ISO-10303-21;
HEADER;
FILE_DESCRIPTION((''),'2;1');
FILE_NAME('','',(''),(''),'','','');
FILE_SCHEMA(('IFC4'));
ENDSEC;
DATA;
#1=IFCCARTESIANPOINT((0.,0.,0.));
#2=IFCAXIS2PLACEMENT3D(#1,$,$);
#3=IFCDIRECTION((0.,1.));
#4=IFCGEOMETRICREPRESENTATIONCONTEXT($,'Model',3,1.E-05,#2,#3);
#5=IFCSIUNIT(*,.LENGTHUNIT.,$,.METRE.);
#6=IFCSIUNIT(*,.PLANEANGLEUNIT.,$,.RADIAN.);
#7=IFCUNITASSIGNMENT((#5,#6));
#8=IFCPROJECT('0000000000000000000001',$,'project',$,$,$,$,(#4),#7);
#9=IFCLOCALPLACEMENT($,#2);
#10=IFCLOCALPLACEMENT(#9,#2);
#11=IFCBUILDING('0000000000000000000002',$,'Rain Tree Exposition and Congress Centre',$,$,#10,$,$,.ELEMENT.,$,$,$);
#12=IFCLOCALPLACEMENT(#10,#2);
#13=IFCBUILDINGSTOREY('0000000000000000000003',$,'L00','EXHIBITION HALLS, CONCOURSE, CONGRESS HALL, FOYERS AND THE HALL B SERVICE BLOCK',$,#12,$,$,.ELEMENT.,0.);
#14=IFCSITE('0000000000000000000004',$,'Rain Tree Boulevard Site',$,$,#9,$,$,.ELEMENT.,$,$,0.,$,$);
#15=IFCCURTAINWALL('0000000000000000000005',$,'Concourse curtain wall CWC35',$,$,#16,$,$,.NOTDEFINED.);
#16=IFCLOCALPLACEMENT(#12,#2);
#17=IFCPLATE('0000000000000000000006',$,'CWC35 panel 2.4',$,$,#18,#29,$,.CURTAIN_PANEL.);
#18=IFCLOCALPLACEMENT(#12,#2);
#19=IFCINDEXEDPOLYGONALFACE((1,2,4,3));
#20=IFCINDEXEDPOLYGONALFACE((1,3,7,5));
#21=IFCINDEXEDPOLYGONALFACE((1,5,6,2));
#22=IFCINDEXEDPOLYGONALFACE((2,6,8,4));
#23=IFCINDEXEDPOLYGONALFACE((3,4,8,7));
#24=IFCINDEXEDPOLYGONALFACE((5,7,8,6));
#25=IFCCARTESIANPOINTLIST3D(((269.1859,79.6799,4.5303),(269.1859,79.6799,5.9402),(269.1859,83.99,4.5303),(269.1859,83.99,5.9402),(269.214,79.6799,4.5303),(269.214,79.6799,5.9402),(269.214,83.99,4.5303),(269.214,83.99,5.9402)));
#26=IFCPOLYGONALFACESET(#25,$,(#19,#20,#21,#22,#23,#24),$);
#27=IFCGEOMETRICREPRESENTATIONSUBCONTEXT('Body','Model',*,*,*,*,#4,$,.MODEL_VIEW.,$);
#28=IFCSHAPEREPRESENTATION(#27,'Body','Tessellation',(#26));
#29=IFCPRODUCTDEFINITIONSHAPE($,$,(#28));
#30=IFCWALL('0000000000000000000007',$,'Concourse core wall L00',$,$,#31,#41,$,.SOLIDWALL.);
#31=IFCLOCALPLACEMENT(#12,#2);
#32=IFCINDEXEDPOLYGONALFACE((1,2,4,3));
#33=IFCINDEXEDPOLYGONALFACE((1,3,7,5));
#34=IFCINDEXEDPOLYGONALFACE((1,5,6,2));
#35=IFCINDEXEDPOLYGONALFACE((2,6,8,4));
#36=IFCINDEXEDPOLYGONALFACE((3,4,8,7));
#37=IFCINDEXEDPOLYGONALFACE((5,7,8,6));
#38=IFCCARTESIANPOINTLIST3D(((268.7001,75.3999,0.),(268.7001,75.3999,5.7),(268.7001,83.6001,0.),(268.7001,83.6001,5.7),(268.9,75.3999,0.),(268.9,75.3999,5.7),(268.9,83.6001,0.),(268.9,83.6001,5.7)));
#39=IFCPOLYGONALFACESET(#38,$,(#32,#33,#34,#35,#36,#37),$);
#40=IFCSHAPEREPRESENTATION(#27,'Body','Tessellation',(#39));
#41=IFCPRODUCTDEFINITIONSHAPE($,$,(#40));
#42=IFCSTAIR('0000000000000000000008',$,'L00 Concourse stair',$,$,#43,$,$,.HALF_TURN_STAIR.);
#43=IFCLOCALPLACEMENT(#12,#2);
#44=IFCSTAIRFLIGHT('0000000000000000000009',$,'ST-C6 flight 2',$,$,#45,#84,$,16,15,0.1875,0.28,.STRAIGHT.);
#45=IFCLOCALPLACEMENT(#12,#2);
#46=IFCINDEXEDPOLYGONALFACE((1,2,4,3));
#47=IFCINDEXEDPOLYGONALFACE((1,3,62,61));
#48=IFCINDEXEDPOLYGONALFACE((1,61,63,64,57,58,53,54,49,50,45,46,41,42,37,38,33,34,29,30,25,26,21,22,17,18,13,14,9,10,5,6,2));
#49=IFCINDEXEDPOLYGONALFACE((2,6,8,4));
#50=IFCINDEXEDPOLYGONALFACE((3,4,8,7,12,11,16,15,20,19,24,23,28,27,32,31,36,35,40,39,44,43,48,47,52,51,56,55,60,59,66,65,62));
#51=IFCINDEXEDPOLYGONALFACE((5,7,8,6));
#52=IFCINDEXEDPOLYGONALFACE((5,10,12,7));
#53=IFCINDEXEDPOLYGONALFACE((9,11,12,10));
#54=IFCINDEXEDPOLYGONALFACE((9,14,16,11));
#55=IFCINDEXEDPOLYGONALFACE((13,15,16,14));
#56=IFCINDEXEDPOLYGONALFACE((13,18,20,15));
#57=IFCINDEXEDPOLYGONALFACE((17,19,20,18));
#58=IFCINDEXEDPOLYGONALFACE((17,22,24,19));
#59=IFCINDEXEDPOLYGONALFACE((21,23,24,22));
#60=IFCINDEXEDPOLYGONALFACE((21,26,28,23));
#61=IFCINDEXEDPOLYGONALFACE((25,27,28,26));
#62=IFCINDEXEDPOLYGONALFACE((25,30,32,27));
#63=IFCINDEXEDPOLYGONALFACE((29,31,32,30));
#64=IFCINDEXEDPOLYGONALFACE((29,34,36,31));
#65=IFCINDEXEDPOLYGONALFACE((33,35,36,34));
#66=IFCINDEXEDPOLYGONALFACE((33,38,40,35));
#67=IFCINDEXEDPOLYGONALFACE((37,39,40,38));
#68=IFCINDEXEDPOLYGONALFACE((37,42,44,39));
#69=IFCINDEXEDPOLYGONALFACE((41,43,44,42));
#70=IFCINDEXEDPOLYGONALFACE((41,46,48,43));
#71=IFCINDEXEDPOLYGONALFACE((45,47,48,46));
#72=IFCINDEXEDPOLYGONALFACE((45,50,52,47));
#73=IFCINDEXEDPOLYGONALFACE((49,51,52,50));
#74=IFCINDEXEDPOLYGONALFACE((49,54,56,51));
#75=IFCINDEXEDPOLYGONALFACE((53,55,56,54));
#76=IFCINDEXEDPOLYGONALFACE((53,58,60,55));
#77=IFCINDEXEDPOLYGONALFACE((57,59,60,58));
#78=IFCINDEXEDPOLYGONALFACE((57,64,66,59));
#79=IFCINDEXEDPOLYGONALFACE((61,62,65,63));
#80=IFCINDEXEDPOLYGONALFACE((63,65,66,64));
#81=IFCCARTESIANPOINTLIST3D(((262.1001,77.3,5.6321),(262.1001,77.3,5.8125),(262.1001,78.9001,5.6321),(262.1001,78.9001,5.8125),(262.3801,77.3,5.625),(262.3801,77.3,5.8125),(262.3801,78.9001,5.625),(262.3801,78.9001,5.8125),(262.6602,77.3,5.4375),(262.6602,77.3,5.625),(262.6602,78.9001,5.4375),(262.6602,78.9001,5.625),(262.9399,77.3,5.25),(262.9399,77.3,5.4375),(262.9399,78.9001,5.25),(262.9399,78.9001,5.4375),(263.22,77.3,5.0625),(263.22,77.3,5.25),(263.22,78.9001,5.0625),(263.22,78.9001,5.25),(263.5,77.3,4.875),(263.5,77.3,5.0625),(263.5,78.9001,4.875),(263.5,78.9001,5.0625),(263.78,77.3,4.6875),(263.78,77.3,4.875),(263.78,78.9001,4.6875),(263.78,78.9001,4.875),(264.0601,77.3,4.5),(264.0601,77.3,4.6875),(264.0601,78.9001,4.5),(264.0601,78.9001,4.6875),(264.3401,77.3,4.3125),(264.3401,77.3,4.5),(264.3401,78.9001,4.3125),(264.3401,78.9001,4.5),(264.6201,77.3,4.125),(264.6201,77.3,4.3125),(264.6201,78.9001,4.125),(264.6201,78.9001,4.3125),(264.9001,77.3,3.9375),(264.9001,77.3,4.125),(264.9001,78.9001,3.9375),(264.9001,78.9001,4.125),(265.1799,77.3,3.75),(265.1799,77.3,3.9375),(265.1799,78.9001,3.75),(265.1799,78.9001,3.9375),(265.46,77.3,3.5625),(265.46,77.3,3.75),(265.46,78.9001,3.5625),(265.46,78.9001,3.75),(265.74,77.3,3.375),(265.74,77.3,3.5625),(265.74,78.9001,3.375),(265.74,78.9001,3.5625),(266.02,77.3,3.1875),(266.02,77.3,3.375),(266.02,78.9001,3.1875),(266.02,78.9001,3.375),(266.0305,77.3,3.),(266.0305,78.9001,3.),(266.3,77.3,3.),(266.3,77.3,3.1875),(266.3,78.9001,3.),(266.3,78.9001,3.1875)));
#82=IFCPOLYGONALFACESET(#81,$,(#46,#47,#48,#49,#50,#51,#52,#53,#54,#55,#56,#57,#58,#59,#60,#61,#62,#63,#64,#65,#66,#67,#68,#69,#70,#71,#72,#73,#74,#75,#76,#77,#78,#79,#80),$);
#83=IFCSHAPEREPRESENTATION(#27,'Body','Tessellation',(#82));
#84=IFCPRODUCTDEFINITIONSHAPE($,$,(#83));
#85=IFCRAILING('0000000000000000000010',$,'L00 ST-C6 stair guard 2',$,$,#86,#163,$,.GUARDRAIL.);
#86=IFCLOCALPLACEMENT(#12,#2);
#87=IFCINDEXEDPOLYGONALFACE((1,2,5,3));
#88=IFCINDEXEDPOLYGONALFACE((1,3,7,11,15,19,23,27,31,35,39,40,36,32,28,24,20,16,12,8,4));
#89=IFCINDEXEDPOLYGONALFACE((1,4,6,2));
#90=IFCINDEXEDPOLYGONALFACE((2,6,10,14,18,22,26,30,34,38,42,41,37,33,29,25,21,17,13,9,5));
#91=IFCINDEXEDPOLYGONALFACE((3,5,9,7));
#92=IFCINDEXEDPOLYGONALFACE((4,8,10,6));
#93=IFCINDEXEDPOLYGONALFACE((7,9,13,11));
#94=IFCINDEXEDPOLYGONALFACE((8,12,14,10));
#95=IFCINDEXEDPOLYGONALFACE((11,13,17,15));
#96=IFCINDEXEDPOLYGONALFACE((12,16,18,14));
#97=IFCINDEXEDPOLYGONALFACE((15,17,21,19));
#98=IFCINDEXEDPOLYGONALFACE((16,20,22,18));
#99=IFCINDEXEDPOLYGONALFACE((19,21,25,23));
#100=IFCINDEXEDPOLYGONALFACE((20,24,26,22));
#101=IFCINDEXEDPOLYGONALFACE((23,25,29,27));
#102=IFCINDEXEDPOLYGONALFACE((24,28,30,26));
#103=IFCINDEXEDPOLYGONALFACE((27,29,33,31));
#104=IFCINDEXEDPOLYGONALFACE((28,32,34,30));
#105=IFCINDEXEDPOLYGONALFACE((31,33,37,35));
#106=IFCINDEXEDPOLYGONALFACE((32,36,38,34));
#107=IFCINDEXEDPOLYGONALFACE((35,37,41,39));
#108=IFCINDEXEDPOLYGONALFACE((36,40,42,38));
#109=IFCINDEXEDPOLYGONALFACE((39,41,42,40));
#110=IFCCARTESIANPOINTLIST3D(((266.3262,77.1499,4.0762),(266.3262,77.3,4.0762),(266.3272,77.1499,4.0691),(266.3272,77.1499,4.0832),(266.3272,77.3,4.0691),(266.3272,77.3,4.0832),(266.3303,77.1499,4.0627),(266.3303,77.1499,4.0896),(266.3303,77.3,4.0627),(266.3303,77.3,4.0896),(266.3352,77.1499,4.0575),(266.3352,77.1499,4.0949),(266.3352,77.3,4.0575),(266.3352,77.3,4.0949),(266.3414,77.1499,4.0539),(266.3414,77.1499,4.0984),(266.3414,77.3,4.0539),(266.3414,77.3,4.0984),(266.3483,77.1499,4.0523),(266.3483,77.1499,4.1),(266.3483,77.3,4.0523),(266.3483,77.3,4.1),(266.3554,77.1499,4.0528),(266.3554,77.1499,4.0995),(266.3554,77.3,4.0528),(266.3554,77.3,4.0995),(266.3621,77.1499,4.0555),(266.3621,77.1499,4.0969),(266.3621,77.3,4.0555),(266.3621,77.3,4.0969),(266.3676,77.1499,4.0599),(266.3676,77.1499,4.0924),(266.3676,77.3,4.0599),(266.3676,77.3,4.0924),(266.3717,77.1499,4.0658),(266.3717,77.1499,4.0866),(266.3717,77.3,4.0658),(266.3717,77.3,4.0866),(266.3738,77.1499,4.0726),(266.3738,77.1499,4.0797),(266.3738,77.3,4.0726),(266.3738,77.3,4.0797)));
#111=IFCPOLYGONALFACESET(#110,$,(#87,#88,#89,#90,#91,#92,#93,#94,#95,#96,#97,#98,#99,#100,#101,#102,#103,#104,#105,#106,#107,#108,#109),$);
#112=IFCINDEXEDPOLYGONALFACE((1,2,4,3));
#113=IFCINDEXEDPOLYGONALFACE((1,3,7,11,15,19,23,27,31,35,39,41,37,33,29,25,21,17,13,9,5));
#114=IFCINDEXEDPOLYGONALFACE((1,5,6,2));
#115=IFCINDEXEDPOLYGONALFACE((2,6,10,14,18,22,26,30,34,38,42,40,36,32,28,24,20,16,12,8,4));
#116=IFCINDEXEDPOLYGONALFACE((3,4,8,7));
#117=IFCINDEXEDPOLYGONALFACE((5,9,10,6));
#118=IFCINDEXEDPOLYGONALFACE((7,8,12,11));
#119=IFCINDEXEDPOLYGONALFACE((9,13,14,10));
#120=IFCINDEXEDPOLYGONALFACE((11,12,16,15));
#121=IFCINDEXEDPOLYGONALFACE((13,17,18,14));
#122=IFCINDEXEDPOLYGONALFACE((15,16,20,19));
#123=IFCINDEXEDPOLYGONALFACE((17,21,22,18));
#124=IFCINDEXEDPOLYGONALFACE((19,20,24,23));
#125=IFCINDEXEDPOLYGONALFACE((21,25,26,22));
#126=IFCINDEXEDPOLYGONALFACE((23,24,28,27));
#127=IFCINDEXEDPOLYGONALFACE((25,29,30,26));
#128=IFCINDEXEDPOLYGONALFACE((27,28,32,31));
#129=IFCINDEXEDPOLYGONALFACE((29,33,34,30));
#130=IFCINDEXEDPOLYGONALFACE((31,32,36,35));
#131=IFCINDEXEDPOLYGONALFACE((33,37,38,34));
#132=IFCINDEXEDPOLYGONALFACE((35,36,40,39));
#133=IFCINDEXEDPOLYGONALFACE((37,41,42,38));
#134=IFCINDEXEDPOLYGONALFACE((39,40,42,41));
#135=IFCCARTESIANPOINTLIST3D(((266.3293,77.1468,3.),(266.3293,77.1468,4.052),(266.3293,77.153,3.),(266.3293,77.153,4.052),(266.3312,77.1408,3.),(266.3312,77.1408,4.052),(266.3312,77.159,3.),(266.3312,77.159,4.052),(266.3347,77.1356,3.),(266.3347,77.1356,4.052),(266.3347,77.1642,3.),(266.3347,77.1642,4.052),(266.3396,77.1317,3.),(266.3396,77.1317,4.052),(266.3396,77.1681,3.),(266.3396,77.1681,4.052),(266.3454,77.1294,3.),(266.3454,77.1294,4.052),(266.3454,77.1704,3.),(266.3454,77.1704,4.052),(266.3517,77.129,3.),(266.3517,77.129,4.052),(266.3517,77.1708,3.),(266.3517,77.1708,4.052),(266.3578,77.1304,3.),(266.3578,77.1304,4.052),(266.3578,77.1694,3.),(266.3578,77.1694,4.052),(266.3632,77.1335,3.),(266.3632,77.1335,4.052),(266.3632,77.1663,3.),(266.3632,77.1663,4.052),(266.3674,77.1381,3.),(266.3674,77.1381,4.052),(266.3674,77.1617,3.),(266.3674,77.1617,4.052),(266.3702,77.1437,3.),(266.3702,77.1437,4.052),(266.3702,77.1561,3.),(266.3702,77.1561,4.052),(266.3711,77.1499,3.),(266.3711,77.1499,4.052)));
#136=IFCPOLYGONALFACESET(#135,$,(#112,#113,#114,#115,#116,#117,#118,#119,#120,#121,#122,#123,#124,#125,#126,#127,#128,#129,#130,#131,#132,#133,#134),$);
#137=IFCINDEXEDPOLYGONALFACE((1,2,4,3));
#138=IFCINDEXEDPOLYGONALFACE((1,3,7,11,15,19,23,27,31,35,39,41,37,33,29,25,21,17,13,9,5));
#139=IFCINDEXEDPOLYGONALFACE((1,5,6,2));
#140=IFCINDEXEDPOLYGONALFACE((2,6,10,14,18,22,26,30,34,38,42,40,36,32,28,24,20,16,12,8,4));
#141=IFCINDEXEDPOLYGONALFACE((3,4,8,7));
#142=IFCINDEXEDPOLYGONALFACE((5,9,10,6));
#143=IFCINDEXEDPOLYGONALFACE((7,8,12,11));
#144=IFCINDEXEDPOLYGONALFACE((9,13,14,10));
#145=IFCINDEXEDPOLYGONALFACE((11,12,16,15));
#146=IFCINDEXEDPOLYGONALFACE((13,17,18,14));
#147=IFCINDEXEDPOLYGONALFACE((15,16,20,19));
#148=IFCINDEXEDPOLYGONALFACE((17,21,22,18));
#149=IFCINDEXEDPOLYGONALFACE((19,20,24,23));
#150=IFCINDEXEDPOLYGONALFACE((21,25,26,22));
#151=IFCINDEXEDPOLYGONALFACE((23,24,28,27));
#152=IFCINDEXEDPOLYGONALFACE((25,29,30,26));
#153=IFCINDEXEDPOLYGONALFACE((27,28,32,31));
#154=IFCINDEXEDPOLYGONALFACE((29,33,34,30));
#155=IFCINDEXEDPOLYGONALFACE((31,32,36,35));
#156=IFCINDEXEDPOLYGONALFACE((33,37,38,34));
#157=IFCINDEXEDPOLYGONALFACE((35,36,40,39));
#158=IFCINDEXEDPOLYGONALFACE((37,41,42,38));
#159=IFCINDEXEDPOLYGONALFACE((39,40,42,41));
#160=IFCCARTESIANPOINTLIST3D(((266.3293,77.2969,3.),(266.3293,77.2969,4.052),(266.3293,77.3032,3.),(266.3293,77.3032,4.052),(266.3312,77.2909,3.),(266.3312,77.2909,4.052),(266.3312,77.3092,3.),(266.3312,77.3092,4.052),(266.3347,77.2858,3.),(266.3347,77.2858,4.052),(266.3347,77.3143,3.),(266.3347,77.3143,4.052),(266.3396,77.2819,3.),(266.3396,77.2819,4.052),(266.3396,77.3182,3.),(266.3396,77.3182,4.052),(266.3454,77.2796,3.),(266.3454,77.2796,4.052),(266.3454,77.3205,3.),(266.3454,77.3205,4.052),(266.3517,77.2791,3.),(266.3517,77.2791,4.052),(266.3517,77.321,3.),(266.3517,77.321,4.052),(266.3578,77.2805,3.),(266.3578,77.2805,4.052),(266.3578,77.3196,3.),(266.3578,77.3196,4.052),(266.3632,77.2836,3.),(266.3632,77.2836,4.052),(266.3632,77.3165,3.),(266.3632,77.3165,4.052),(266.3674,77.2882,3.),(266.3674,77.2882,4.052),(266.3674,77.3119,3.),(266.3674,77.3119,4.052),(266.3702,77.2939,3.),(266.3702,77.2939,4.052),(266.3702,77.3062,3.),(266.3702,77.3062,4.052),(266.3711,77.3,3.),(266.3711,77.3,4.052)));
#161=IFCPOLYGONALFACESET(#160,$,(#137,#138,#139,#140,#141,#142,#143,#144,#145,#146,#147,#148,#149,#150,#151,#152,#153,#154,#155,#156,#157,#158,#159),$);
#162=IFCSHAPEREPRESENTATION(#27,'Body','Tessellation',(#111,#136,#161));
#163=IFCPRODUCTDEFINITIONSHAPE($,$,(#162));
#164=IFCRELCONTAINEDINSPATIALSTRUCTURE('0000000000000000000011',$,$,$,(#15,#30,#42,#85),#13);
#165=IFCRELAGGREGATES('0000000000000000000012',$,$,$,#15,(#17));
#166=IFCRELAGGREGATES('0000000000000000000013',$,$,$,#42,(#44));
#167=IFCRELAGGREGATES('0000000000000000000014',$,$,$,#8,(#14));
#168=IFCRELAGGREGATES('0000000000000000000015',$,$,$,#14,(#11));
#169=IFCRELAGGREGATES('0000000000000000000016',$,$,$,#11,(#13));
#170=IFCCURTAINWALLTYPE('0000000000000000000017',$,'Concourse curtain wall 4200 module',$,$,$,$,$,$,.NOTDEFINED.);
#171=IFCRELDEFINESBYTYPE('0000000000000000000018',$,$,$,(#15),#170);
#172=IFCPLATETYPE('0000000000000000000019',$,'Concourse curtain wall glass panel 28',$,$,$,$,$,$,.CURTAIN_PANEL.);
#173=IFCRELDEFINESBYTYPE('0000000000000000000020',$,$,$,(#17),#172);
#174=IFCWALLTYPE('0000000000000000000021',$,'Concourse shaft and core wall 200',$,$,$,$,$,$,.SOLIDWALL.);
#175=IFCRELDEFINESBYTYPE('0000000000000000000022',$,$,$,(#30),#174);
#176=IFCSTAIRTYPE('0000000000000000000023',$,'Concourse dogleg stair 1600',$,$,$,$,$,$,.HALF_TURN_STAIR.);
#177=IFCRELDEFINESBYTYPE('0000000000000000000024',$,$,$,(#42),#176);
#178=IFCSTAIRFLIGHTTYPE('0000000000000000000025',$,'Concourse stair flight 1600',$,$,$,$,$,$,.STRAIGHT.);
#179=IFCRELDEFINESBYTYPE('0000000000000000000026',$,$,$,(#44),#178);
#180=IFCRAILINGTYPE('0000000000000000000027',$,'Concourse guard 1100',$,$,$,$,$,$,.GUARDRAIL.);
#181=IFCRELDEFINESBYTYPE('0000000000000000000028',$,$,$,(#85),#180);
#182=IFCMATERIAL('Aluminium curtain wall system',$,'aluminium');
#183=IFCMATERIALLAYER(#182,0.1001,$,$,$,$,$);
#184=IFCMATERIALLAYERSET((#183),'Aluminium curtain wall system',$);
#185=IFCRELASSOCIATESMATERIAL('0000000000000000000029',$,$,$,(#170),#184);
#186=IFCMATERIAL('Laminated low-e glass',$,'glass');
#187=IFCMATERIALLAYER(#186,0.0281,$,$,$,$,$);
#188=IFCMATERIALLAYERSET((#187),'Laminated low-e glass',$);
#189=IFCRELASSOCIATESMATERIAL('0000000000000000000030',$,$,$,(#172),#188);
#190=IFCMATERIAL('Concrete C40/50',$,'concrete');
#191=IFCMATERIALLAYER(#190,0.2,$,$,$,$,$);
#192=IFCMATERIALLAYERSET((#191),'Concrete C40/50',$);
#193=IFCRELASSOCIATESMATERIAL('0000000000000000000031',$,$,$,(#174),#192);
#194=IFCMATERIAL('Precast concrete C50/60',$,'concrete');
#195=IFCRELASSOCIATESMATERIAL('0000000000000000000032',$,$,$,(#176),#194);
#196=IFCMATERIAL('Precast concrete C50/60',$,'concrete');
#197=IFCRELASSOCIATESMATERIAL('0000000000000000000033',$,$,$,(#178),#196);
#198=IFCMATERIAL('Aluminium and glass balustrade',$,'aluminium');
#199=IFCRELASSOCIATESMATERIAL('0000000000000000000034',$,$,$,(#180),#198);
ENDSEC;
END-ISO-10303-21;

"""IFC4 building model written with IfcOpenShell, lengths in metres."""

from ifc_helpers import new_model, si_unit, direction, frame, frame_2d, origin, origin_2d, place, context, subcontext, project, spatial, polyline, rectangle, circle, outline, extrude, material, layer, layer_set, type_object, element, aggregate, save


model = new_model("IFC4")

# Units and contexts
model_context = context("Model", 3, precision=1e-05, world=origin(), true_north=direction((0.0, 1.0)))
body_context = subcontext(model_context, "Body", "Model", "MODEL_VIEW")
ifc_project = project(units=[si_unit("LENGTHUNIT", "METRE"), si_unit("PLANEANGLEUNIT", "RADIAN")], contexts=[model_context])

# Site, building, storey
site_placement = place(None, origin())
site = spatial("IfcSite", under=ifc_project, at=site_placement, Name="Rain Tree Boulevard Site", CompositionType="ELEMENT", RefElevation=0.0)
building_placement = place(site_placement, origin())
building = spatial("IfcBuilding", under=site, at=building_placement, Name="Rain Tree Exposition and Congress Centre", CompositionType="ELEMENT")
storey_placement = place(building_placement, origin())
storey = spatial("IfcBuildingStorey", under=building, at=storey_placement, Name="L00", Description="EXHIBITION HALLS, CONCOURSE, CONGRESS HALL, FOYERS AND THE HALL B SERVICE BLOCK", CompositionType="ELEMENT", Elevation=0.0)

# Curtain wall, plate
ifc_material_1 = material(Name="Aluminium curtain wall system", Category="aluminium")
ifc_layer_1 = layer(ifc_material_1, 0.1001)
ifc_layer_set_1 = layer_set([ifc_layer_1], Name="Aluminium curtain wall system")
curtain_wall_type = type_object("IfcCurtainWallType", Name="Concourse curtain wall 4200 module", PredefinedType="NOTDEFINED", material=ifc_layer_set_1)
curtain_wall_placement = place(storey_placement, origin())
curtain_wall = element("IfcCurtainWall", 1, at=curtain_wall_placement, inside=storey, type_object=curtain_wall_type, Name="Concourse curtain wall CWC35", PredefinedType="NOTDEFINED")
ifc_material_2 = material(Name="Laminated low-e glass", Category="glass")
ifc_layer_2 = layer(ifc_material_2, 0.0281)
ifc_layer_set_2 = layer_set([ifc_layer_2], Name="Laminated low-e glass")
plate_type = type_object("IfcPlateType", Name="Concourse curtain wall glass panel 28", PredefinedType="CURTAIN_PANEL", material=ifc_layer_set_2)
plate_1_placement = place(storey_placement, frame((269.2, 81.835, 4.5303), z_axis=(0.0, 0.0, 1.0), x_axis=(0.0, 1.0, 0.0)))
plate_1 = element("IfcPlate", 2, at=plate_1_placement, type_object=plate_type, Name="CWC35 panel 2.4", PredefinedType="CURTAIN_PANEL", context=body_context, shape_type="SweptSolid", body=[
    extrude(rectangle(XDim=4.3101, YDim=0.0281, at=origin_2d()), origin(), (0.0, 0.0, 1.0), 1.4099),
])
aggregate(curtain_wall, [plate_1])

# Wall
ifc_material_3 = material(Name="Concrete C40/50", Category="concrete")
ifc_layer_3 = layer(ifc_material_3, 0.2)
ifc_layer_set_3 = layer_set([ifc_layer_3], Name="Concrete C40/50")
wall_type = type_object("IfcWallType", Name="Concourse shaft and core wall 200", PredefinedType="SOLIDWALL", material=ifc_layer_set_3)
wall_1_placement = place(storey_placement, frame((268.8, 75.3999, 0.0), z_axis=(0.0, 0.0, 1.0), x_axis=(0.0, 1.0, 0.0)))
element("IfcWall", 3, at=wall_1_placement, inside=storey, type_object=wall_type, Name="Concourse core wall L00", PredefinedType="SOLIDWALL", context=body_context, shape_type="SweptSolid", body=[
    extrude(rectangle(XDim=8.2002, YDim=0.2, at=frame_2d((4.1001, 0.0))), origin(), (0.0, 0.0, 1.0), 5.7),
])

# Stair, stair flight
ifc_material_4 = material(Name="Precast concrete C50/60", Category="concrete")
stair_type = type_object("IfcStairType", Name="Concourse dogleg stair 1600", PredefinedType="HALF_TURN_STAIR", material=ifc_material_4)
stair_placement = place(storey_placement, origin())
stair = element("IfcStair", 4, at=stair_placement, inside=storey, type_object=stair_type, Name="L00 Concourse stair", PredefinedType="HALF_TURN_STAIR")
ifc_material_5 = material(Name="Precast concrete C50/60", Category="concrete")
stair_flight_type = type_object("IfcStairFlightType", Name="Concourse stair flight 1600", PredefinedType="STRAIGHT", material=ifc_material_5)
stair_flight_placement = place(storey_placement, frame((266.3, 78.1001, 3.0), z_axis=(0.0, 0.0, 1.0), x_axis=(-1.0, 0.0, 0.0)))
stair_flight = element("IfcStairFlight", 5, at=stair_flight_placement, type_object=stair_flight_type, Name="ST-C6 flight 2", NumberOfRisers=16, NumberOfTreads=15, PredefinedType="STRAIGHT", RiserHeight=0.1875, TreadLength=0.28, context=body_context, shape_type="SweptSolid", body=[
    extrude(outline(polyline([(0.0, 0.0), (0.0, 0.1875), (0.28, 0.1875), (0.28, 0.375), (0.5601, 0.375), (0.5601, 0.5625), (0.8401, 0.5625), (0.8401, 0.75), (1.1201, 0.75), (1.1201, 0.9375), (1.3999, 0.9375), (1.3999, 1.125), (1.6799, 1.125), (1.6799, 1.3125), (1.96, 1.3125), (1.96, 1.5), (2.24, 1.5), (2.24, 1.6875), (2.52, 1.6875), (2.52, 1.875), (2.8, 1.875), (2.8, 2.0625), (3.0801, 2.0625), (3.0801, 2.25), (3.3601, 2.25), (3.3601, 2.4375), (3.6399, 2.4375), (3.6399, 2.625), (3.9199, 2.625), (3.9199, 2.8125), (4.2, 2.8125), (4.2, 3.0), (4.2, 2.6321), (0.2695, 0.0), (0.0, 0.0)])), frame((0.0, 0.8, 0.0), z_axis=(0.0, -1.0, 0.0), x_axis=(1.0, 0.0, 0.0)), (0.0, 0.0, 1.0), 1.6001),
])
aggregate(stair, [stair_flight])

# Railing
ifc_material_6 = material(Name="Aluminium and glass balustrade", Category="aluminium")
railing_type_1 = type_object("IfcRailingType", Name="Concourse guard 1100", PredefinedType="GUARDRAIL", material=ifc_material_6)
railing_1_placement = place(storey_placement, frame((266.3501, 77.1499, 3.0)))
element("IfcRailing", 6, at=railing_1_placement, inside=storey, type_object=railing_type_1, Name="L00 ST-C6 stair guard 2", PredefinedType="GUARDRAIL", context=body_context, shape_type="SweptSolid", body=[
    extrude(circle(Radius=0.0239, at=origin_2d()), frame((0.0, 0.0, 1.0762), z_axis=(0.0, 1.0, 0.0), x_axis=(-1.0, 0.0, 0.0)), (0.0, 0.0, 1.0), 0.1501),
    extrude(circle(Radius=0.021, at=origin_2d()), origin(), (0.0, 0.0, 1.0), 1.052),
    extrude(circle(Radius=0.021, at=origin_2d()), frame((0.0, 0.1501, 0.0)), (0.0, 0.0, 1.0), 1.052),
])

save(model, "model.ifc")
